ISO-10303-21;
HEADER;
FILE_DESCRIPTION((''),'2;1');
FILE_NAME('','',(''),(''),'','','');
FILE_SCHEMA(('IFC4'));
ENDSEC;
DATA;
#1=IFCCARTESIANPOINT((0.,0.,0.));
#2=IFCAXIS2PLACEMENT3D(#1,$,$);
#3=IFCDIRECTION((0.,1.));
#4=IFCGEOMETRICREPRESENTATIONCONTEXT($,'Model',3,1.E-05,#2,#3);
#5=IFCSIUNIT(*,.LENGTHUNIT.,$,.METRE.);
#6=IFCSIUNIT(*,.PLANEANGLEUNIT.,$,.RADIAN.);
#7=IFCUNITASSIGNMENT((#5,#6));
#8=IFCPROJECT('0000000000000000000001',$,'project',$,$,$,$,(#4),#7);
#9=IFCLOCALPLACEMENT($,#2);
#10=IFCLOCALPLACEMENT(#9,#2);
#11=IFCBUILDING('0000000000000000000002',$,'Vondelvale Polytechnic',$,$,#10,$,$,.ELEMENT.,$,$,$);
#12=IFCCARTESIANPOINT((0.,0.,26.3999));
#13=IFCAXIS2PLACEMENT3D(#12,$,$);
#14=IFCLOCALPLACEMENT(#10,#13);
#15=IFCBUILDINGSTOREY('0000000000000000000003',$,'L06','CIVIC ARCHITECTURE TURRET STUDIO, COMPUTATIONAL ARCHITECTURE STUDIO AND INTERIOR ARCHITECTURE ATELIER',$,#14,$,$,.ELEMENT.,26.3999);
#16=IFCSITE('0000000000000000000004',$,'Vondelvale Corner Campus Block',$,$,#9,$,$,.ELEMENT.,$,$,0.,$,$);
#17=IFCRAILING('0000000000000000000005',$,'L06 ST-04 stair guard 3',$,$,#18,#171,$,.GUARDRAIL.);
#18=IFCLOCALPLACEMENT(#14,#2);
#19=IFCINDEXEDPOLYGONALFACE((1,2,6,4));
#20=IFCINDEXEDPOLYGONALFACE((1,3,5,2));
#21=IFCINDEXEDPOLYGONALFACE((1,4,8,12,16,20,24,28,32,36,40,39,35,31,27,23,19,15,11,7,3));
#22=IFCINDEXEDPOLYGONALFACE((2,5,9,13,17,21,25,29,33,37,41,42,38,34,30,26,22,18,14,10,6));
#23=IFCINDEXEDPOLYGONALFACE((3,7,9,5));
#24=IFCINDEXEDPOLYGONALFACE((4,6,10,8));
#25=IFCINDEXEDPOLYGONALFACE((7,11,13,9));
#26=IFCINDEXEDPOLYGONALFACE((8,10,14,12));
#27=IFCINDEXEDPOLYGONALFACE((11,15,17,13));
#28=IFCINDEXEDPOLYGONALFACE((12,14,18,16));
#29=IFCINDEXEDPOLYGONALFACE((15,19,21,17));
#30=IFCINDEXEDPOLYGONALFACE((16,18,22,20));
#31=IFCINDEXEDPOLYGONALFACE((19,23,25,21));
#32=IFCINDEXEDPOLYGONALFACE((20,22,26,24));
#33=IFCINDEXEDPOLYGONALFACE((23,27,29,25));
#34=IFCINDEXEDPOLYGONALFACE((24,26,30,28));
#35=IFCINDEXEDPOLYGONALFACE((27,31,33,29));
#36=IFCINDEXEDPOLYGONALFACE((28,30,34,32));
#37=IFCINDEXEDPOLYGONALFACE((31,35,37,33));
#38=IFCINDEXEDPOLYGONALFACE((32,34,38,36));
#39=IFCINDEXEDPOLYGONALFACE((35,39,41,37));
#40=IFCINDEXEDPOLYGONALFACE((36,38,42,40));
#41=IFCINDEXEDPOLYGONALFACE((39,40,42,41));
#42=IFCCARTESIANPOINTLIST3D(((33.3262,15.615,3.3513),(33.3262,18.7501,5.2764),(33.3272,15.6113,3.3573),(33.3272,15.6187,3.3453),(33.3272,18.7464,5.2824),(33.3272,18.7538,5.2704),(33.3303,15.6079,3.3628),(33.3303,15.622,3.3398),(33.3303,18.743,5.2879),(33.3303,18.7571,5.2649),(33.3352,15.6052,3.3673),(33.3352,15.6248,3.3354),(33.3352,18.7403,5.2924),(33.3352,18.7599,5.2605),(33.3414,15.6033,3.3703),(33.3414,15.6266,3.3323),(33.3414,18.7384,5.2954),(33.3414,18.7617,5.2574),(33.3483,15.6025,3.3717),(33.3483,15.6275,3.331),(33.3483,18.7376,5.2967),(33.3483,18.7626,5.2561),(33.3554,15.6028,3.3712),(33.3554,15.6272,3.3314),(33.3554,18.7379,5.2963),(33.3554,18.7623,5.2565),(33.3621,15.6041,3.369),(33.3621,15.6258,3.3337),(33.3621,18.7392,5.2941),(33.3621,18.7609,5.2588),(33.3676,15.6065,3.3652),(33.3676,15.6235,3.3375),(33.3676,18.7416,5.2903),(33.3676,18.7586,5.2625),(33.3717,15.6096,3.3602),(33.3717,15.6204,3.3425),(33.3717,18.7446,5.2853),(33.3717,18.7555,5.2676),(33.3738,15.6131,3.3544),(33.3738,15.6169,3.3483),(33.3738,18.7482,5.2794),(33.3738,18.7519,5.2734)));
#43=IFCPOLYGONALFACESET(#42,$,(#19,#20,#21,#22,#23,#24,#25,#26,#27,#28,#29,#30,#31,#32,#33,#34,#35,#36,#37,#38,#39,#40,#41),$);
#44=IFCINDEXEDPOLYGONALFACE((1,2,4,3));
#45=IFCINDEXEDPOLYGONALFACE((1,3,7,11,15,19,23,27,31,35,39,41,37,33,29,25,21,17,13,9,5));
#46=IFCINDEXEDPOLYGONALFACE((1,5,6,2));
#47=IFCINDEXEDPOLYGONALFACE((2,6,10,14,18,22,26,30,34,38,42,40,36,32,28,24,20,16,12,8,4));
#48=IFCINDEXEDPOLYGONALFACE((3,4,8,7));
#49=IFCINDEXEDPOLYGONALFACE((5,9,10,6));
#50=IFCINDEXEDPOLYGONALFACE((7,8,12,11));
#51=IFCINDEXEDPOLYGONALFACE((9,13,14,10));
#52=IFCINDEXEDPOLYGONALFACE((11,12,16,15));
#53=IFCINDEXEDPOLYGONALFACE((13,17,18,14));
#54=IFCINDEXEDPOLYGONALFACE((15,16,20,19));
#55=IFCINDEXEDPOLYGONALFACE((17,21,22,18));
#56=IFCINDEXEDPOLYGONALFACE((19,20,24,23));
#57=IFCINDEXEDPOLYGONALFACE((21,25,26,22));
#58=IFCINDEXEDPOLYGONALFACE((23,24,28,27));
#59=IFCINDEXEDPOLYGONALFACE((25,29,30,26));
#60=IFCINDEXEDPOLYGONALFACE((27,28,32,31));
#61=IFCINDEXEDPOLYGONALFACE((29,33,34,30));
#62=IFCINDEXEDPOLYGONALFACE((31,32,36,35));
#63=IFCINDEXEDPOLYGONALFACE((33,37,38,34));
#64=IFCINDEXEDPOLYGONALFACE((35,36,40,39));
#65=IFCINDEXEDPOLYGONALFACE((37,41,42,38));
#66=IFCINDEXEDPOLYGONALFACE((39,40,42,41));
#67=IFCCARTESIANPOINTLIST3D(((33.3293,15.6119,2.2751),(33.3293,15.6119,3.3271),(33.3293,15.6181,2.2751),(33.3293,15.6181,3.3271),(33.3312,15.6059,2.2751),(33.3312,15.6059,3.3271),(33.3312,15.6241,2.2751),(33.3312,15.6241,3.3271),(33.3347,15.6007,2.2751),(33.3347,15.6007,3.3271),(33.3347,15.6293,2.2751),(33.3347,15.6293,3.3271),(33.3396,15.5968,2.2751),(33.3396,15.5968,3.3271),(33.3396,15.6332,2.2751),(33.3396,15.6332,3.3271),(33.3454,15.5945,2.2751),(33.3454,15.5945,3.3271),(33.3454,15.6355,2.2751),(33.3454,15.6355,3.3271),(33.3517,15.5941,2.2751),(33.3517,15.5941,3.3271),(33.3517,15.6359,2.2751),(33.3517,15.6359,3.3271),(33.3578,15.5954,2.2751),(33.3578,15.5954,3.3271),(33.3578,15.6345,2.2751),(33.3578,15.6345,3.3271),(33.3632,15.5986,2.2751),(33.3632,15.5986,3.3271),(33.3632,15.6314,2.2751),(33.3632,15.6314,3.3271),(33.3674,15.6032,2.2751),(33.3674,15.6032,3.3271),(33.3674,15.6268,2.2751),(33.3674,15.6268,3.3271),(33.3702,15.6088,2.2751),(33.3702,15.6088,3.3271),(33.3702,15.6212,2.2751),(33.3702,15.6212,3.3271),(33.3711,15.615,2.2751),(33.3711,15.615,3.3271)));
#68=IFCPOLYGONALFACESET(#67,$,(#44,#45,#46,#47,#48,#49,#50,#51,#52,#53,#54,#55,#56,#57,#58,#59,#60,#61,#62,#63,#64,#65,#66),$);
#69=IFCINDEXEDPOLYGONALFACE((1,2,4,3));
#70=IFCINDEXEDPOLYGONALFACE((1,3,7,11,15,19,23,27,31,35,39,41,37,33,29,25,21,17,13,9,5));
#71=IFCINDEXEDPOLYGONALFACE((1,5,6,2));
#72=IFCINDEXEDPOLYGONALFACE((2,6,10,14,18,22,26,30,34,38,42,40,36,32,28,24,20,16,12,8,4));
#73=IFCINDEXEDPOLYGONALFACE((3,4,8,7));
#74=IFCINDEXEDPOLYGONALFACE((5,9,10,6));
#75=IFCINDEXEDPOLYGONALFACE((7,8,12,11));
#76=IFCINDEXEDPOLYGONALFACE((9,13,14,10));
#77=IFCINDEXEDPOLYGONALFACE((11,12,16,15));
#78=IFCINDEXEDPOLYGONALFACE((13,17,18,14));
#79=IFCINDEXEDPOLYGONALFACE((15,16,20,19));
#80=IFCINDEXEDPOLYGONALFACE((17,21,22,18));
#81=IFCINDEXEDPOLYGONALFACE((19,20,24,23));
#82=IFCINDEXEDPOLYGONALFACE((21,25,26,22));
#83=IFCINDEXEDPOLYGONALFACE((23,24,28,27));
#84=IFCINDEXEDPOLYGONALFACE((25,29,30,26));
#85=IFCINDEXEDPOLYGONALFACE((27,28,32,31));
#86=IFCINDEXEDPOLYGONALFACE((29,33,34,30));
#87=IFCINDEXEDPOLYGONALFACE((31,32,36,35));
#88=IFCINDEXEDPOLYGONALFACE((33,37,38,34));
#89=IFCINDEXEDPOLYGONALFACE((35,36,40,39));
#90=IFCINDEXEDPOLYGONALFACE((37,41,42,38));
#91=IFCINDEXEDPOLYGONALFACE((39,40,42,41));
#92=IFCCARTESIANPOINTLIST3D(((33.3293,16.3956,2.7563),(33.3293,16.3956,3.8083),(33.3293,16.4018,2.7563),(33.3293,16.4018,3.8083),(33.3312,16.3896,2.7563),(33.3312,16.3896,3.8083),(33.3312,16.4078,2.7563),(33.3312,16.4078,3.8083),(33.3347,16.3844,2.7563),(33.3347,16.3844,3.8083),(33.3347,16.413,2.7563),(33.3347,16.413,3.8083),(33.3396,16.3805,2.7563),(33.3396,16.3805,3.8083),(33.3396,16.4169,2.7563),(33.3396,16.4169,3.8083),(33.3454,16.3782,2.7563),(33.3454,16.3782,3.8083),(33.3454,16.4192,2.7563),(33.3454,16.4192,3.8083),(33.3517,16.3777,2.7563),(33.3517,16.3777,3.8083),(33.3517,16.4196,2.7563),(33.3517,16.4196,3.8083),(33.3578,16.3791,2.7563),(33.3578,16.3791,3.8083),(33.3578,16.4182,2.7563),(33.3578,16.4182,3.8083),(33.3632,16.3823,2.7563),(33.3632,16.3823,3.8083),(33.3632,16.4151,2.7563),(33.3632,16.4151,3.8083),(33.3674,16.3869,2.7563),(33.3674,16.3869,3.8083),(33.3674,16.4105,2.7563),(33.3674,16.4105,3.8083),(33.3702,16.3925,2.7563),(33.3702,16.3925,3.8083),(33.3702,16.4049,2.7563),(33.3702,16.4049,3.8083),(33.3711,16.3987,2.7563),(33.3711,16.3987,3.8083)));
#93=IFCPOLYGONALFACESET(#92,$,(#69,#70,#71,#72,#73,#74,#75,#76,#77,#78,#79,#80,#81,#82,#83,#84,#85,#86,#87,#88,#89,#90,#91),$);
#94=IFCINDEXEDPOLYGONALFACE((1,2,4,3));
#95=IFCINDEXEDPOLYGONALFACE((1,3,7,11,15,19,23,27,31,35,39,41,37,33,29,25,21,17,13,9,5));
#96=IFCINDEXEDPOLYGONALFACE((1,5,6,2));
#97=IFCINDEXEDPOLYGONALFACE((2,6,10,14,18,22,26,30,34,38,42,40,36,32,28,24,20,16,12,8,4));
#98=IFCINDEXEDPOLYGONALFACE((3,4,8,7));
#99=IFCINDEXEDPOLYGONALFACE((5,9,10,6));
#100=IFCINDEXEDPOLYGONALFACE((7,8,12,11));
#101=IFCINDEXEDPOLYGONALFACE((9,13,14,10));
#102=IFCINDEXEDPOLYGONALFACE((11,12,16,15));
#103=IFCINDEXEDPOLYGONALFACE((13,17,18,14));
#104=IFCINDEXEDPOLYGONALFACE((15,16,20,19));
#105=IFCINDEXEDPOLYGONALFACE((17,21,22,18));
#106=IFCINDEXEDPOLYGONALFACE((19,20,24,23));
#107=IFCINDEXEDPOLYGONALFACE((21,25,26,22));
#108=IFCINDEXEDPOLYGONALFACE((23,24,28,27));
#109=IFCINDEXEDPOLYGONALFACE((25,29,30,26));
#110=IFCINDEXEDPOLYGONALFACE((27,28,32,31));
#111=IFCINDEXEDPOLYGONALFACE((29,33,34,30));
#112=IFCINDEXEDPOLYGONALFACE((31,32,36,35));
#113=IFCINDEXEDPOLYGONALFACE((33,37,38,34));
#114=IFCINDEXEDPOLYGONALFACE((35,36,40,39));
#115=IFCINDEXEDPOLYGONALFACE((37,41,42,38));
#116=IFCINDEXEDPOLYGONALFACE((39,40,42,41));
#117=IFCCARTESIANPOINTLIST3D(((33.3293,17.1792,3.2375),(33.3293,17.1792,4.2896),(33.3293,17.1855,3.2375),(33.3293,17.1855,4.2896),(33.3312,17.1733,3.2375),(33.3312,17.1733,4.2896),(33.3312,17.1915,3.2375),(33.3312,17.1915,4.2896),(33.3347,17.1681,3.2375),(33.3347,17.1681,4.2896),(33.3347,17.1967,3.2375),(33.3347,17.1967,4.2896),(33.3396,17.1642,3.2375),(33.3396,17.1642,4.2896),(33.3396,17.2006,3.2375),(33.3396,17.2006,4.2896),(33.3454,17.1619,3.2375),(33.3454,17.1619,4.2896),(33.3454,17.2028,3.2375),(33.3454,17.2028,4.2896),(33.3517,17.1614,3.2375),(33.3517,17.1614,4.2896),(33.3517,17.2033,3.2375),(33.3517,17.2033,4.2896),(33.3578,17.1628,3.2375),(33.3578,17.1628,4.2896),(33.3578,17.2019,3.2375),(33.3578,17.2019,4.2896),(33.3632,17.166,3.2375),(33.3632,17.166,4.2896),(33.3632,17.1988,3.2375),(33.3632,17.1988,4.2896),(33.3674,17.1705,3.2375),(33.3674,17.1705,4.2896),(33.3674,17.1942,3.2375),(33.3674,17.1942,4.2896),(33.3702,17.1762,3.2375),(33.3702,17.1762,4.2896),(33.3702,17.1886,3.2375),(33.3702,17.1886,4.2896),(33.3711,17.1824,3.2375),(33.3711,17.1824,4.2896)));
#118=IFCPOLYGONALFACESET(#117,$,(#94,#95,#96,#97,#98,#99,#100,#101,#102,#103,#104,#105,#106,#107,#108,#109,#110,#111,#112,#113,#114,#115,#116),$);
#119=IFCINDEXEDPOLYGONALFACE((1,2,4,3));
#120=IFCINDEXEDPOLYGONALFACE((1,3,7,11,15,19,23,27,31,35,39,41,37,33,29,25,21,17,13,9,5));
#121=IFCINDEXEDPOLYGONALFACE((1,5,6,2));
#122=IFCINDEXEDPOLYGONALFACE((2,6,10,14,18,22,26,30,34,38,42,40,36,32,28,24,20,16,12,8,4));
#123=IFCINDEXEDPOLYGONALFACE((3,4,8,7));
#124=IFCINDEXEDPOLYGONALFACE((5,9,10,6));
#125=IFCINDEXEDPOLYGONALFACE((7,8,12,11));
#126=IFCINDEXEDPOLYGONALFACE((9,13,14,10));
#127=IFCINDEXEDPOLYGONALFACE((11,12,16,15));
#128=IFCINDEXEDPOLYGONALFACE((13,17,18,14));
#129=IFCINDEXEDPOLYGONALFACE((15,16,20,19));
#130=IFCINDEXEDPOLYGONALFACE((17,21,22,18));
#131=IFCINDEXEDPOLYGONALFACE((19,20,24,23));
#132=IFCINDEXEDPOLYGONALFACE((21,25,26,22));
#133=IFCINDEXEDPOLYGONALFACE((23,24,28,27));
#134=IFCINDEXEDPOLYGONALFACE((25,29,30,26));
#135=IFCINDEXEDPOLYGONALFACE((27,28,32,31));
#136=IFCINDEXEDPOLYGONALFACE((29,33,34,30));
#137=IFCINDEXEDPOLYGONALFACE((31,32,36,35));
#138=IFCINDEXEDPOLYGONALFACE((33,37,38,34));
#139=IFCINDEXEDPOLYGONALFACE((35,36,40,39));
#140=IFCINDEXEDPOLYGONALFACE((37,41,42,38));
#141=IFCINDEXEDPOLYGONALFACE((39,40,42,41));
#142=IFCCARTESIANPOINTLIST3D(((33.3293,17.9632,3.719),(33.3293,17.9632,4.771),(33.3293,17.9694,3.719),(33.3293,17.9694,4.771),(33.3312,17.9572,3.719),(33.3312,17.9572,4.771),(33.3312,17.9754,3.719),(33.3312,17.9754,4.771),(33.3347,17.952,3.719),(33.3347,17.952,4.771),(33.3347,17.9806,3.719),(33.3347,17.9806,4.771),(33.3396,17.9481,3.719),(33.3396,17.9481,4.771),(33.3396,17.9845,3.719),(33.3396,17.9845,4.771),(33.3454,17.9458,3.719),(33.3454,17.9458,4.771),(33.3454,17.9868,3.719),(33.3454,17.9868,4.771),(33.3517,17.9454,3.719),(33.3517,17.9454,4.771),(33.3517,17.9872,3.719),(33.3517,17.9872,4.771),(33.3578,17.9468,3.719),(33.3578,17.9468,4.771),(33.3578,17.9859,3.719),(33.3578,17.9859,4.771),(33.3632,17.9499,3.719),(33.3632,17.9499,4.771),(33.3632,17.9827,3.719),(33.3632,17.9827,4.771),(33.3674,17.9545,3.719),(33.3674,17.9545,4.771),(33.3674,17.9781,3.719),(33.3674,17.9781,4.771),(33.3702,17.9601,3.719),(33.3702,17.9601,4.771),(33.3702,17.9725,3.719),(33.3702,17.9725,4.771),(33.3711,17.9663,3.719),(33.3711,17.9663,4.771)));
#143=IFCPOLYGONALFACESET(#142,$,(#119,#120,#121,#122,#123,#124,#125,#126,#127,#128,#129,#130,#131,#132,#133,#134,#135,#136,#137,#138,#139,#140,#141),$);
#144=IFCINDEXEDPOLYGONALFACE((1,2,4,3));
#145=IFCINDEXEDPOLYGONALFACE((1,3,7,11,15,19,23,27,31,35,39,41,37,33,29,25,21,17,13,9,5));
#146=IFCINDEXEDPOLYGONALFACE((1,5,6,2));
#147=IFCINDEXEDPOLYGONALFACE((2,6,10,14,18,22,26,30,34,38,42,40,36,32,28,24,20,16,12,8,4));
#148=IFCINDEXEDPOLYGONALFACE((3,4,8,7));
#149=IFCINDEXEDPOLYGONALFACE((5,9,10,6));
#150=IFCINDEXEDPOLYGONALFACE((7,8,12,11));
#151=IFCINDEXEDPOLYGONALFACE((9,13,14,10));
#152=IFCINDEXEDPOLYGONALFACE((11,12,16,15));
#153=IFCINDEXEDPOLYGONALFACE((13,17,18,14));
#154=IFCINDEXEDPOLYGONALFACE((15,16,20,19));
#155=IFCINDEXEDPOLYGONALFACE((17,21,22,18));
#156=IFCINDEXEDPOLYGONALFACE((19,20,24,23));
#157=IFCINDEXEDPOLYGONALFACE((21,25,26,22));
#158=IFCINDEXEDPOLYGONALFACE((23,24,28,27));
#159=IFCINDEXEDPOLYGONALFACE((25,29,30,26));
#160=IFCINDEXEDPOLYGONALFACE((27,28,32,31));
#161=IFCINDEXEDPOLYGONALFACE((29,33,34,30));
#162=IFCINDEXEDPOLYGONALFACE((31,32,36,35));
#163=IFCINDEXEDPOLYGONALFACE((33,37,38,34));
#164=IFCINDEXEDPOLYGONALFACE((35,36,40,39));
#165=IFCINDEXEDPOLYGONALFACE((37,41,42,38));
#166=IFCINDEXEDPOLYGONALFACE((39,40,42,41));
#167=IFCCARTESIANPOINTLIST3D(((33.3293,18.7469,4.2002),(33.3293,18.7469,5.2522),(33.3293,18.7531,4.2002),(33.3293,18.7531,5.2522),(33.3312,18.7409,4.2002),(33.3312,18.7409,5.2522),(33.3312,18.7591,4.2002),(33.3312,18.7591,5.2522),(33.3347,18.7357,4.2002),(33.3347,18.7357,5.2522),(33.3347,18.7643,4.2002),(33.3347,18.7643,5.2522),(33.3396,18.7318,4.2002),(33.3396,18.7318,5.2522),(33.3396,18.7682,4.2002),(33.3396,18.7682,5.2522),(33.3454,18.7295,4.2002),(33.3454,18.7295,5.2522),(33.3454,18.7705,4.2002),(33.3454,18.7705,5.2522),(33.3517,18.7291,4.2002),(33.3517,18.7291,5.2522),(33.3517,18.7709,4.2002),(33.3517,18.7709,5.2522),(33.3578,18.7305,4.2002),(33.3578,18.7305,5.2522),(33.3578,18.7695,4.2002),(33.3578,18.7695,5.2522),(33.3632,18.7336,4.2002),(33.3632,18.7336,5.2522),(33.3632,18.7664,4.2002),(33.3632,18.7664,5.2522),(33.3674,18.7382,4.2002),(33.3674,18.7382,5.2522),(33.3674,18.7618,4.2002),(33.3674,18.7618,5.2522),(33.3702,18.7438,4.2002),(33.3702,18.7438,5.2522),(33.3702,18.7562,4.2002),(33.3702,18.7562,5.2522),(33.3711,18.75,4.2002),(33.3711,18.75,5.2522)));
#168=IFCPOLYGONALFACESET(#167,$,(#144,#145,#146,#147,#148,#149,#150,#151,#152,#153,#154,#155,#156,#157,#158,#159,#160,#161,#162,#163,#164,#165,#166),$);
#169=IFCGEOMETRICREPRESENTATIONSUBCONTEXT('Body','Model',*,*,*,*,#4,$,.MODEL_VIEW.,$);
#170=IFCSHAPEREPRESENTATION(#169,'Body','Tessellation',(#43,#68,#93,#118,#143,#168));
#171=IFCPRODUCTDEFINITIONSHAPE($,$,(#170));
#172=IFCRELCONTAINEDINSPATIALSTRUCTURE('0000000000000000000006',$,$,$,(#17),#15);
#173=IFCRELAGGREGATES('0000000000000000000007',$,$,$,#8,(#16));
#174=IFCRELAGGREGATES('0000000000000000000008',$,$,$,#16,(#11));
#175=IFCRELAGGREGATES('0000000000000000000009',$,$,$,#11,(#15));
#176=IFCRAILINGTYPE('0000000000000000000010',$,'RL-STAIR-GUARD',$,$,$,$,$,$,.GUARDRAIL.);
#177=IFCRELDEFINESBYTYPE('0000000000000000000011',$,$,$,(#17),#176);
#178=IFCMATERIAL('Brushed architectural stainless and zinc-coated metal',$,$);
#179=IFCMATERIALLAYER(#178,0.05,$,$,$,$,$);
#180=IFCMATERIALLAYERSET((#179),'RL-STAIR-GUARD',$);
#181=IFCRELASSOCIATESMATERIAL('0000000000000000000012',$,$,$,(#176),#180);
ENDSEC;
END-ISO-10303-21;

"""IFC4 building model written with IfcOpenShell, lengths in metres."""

from ifc_helpers import new_model, si_unit, direction, frame, origin, origin_2d, place, context, subcontext, project, spatial, circle, extrude, material, layer, layer_set, type_object, element, save


model = new_model("IFC4")

# Units and contexts
model_context = context("Model", 3, precision=1e-05, world=origin(), true_north=direction((0.0, 1.0)))
body_context = subcontext(model_context, "Body", "Model", "MODEL_VIEW")
ifc_project = project(units=[si_unit("LENGTHUNIT", "METRE"), si_unit("PLANEANGLEUNIT", "RADIAN")], contexts=[model_context])

# Site, building, storey
site_placement = place(None, origin())
site = spatial("IfcSite", under=ifc_project, at=site_placement, Name="Vondelvale Corner Campus Block", CompositionType="ELEMENT", RefElevation=0.0)
building_placement = place(site_placement, origin())
building = spatial("IfcBuilding", under=site, at=building_placement, Name="Vondelvale Polytechnic", CompositionType="ELEMENT")
storey_placement = place(building_placement, frame((0.0, 0.0, 26.3999)))
storey = spatial("IfcBuildingStorey", under=building, at=storey_placement, Name="L06", Description="CIVIC ARCHITECTURE TURRET STUDIO, COMPUTATIONAL ARCHITECTURE STUDIO AND INTERIOR ARCHITECTURE ATELIER", CompositionType="ELEMENT", Elevation=26.3999)

# Shared definitions
ifc_material_1 = material(Name="Brushed architectural stainless and zinc-coated metal")

# Railing
ifc_layer_1 = layer(ifc_material_1, 0.05)
ifc_layer_set_1 = layer_set([ifc_layer_1], Name="RL-STAIR-GUARD")
railing_type_1 = type_object("IfcRailingType", Name="RL-STAIR-GUARD", PredefinedType="GUARDRAIL", material=ifc_layer_set_1)
railing_1_placement = place(storey_placement, frame((33.3501, 15.615, 2.2751)))
element("IfcRailing", 1, at=railing_1_placement, inside=storey, type_object=railing_type_1, Name="L06 ST-04 stair guard 3", PredefinedType="GUARDRAIL", context=body_context, shape_type="SweptSolid", body=[
    extrude(circle(Radius=0.0239, at=origin_2d()), frame((0.0, 0.0, 1.0762), z_axis=(0.0, 0.852166, 0.523271), x_axis=(-1.0, 0.0, 0.0)), (0.0, 0.0, 1.0), 3.679),
    extrude(circle(Radius=0.021, at=origin_2d()), origin(), (0.0, 0.0, 1.0), 1.052),
    extrude(circle(Radius=0.021, at=origin_2d()), frame((0.0, 0.7837, 0.4812)), (0.0, 0.0, 1.0), 1.052),
    extrude(circle(Radius=0.021, at=origin_2d()), frame((0.0, 1.5674, 0.9624)), (0.0, 0.0, 1.0), 1.052),
    extrude(circle(Radius=0.021, at=origin_2d()), frame((0.0, 2.3513, 1.4438)), (0.0, 0.0, 1.0), 1.052),
    extrude(circle(Radius=0.021, at=origin_2d()), frame((0.0, 3.135, 1.925)), (0.0, 0.0, 1.0), 1.052),
])

save(model, "model.ifc")
